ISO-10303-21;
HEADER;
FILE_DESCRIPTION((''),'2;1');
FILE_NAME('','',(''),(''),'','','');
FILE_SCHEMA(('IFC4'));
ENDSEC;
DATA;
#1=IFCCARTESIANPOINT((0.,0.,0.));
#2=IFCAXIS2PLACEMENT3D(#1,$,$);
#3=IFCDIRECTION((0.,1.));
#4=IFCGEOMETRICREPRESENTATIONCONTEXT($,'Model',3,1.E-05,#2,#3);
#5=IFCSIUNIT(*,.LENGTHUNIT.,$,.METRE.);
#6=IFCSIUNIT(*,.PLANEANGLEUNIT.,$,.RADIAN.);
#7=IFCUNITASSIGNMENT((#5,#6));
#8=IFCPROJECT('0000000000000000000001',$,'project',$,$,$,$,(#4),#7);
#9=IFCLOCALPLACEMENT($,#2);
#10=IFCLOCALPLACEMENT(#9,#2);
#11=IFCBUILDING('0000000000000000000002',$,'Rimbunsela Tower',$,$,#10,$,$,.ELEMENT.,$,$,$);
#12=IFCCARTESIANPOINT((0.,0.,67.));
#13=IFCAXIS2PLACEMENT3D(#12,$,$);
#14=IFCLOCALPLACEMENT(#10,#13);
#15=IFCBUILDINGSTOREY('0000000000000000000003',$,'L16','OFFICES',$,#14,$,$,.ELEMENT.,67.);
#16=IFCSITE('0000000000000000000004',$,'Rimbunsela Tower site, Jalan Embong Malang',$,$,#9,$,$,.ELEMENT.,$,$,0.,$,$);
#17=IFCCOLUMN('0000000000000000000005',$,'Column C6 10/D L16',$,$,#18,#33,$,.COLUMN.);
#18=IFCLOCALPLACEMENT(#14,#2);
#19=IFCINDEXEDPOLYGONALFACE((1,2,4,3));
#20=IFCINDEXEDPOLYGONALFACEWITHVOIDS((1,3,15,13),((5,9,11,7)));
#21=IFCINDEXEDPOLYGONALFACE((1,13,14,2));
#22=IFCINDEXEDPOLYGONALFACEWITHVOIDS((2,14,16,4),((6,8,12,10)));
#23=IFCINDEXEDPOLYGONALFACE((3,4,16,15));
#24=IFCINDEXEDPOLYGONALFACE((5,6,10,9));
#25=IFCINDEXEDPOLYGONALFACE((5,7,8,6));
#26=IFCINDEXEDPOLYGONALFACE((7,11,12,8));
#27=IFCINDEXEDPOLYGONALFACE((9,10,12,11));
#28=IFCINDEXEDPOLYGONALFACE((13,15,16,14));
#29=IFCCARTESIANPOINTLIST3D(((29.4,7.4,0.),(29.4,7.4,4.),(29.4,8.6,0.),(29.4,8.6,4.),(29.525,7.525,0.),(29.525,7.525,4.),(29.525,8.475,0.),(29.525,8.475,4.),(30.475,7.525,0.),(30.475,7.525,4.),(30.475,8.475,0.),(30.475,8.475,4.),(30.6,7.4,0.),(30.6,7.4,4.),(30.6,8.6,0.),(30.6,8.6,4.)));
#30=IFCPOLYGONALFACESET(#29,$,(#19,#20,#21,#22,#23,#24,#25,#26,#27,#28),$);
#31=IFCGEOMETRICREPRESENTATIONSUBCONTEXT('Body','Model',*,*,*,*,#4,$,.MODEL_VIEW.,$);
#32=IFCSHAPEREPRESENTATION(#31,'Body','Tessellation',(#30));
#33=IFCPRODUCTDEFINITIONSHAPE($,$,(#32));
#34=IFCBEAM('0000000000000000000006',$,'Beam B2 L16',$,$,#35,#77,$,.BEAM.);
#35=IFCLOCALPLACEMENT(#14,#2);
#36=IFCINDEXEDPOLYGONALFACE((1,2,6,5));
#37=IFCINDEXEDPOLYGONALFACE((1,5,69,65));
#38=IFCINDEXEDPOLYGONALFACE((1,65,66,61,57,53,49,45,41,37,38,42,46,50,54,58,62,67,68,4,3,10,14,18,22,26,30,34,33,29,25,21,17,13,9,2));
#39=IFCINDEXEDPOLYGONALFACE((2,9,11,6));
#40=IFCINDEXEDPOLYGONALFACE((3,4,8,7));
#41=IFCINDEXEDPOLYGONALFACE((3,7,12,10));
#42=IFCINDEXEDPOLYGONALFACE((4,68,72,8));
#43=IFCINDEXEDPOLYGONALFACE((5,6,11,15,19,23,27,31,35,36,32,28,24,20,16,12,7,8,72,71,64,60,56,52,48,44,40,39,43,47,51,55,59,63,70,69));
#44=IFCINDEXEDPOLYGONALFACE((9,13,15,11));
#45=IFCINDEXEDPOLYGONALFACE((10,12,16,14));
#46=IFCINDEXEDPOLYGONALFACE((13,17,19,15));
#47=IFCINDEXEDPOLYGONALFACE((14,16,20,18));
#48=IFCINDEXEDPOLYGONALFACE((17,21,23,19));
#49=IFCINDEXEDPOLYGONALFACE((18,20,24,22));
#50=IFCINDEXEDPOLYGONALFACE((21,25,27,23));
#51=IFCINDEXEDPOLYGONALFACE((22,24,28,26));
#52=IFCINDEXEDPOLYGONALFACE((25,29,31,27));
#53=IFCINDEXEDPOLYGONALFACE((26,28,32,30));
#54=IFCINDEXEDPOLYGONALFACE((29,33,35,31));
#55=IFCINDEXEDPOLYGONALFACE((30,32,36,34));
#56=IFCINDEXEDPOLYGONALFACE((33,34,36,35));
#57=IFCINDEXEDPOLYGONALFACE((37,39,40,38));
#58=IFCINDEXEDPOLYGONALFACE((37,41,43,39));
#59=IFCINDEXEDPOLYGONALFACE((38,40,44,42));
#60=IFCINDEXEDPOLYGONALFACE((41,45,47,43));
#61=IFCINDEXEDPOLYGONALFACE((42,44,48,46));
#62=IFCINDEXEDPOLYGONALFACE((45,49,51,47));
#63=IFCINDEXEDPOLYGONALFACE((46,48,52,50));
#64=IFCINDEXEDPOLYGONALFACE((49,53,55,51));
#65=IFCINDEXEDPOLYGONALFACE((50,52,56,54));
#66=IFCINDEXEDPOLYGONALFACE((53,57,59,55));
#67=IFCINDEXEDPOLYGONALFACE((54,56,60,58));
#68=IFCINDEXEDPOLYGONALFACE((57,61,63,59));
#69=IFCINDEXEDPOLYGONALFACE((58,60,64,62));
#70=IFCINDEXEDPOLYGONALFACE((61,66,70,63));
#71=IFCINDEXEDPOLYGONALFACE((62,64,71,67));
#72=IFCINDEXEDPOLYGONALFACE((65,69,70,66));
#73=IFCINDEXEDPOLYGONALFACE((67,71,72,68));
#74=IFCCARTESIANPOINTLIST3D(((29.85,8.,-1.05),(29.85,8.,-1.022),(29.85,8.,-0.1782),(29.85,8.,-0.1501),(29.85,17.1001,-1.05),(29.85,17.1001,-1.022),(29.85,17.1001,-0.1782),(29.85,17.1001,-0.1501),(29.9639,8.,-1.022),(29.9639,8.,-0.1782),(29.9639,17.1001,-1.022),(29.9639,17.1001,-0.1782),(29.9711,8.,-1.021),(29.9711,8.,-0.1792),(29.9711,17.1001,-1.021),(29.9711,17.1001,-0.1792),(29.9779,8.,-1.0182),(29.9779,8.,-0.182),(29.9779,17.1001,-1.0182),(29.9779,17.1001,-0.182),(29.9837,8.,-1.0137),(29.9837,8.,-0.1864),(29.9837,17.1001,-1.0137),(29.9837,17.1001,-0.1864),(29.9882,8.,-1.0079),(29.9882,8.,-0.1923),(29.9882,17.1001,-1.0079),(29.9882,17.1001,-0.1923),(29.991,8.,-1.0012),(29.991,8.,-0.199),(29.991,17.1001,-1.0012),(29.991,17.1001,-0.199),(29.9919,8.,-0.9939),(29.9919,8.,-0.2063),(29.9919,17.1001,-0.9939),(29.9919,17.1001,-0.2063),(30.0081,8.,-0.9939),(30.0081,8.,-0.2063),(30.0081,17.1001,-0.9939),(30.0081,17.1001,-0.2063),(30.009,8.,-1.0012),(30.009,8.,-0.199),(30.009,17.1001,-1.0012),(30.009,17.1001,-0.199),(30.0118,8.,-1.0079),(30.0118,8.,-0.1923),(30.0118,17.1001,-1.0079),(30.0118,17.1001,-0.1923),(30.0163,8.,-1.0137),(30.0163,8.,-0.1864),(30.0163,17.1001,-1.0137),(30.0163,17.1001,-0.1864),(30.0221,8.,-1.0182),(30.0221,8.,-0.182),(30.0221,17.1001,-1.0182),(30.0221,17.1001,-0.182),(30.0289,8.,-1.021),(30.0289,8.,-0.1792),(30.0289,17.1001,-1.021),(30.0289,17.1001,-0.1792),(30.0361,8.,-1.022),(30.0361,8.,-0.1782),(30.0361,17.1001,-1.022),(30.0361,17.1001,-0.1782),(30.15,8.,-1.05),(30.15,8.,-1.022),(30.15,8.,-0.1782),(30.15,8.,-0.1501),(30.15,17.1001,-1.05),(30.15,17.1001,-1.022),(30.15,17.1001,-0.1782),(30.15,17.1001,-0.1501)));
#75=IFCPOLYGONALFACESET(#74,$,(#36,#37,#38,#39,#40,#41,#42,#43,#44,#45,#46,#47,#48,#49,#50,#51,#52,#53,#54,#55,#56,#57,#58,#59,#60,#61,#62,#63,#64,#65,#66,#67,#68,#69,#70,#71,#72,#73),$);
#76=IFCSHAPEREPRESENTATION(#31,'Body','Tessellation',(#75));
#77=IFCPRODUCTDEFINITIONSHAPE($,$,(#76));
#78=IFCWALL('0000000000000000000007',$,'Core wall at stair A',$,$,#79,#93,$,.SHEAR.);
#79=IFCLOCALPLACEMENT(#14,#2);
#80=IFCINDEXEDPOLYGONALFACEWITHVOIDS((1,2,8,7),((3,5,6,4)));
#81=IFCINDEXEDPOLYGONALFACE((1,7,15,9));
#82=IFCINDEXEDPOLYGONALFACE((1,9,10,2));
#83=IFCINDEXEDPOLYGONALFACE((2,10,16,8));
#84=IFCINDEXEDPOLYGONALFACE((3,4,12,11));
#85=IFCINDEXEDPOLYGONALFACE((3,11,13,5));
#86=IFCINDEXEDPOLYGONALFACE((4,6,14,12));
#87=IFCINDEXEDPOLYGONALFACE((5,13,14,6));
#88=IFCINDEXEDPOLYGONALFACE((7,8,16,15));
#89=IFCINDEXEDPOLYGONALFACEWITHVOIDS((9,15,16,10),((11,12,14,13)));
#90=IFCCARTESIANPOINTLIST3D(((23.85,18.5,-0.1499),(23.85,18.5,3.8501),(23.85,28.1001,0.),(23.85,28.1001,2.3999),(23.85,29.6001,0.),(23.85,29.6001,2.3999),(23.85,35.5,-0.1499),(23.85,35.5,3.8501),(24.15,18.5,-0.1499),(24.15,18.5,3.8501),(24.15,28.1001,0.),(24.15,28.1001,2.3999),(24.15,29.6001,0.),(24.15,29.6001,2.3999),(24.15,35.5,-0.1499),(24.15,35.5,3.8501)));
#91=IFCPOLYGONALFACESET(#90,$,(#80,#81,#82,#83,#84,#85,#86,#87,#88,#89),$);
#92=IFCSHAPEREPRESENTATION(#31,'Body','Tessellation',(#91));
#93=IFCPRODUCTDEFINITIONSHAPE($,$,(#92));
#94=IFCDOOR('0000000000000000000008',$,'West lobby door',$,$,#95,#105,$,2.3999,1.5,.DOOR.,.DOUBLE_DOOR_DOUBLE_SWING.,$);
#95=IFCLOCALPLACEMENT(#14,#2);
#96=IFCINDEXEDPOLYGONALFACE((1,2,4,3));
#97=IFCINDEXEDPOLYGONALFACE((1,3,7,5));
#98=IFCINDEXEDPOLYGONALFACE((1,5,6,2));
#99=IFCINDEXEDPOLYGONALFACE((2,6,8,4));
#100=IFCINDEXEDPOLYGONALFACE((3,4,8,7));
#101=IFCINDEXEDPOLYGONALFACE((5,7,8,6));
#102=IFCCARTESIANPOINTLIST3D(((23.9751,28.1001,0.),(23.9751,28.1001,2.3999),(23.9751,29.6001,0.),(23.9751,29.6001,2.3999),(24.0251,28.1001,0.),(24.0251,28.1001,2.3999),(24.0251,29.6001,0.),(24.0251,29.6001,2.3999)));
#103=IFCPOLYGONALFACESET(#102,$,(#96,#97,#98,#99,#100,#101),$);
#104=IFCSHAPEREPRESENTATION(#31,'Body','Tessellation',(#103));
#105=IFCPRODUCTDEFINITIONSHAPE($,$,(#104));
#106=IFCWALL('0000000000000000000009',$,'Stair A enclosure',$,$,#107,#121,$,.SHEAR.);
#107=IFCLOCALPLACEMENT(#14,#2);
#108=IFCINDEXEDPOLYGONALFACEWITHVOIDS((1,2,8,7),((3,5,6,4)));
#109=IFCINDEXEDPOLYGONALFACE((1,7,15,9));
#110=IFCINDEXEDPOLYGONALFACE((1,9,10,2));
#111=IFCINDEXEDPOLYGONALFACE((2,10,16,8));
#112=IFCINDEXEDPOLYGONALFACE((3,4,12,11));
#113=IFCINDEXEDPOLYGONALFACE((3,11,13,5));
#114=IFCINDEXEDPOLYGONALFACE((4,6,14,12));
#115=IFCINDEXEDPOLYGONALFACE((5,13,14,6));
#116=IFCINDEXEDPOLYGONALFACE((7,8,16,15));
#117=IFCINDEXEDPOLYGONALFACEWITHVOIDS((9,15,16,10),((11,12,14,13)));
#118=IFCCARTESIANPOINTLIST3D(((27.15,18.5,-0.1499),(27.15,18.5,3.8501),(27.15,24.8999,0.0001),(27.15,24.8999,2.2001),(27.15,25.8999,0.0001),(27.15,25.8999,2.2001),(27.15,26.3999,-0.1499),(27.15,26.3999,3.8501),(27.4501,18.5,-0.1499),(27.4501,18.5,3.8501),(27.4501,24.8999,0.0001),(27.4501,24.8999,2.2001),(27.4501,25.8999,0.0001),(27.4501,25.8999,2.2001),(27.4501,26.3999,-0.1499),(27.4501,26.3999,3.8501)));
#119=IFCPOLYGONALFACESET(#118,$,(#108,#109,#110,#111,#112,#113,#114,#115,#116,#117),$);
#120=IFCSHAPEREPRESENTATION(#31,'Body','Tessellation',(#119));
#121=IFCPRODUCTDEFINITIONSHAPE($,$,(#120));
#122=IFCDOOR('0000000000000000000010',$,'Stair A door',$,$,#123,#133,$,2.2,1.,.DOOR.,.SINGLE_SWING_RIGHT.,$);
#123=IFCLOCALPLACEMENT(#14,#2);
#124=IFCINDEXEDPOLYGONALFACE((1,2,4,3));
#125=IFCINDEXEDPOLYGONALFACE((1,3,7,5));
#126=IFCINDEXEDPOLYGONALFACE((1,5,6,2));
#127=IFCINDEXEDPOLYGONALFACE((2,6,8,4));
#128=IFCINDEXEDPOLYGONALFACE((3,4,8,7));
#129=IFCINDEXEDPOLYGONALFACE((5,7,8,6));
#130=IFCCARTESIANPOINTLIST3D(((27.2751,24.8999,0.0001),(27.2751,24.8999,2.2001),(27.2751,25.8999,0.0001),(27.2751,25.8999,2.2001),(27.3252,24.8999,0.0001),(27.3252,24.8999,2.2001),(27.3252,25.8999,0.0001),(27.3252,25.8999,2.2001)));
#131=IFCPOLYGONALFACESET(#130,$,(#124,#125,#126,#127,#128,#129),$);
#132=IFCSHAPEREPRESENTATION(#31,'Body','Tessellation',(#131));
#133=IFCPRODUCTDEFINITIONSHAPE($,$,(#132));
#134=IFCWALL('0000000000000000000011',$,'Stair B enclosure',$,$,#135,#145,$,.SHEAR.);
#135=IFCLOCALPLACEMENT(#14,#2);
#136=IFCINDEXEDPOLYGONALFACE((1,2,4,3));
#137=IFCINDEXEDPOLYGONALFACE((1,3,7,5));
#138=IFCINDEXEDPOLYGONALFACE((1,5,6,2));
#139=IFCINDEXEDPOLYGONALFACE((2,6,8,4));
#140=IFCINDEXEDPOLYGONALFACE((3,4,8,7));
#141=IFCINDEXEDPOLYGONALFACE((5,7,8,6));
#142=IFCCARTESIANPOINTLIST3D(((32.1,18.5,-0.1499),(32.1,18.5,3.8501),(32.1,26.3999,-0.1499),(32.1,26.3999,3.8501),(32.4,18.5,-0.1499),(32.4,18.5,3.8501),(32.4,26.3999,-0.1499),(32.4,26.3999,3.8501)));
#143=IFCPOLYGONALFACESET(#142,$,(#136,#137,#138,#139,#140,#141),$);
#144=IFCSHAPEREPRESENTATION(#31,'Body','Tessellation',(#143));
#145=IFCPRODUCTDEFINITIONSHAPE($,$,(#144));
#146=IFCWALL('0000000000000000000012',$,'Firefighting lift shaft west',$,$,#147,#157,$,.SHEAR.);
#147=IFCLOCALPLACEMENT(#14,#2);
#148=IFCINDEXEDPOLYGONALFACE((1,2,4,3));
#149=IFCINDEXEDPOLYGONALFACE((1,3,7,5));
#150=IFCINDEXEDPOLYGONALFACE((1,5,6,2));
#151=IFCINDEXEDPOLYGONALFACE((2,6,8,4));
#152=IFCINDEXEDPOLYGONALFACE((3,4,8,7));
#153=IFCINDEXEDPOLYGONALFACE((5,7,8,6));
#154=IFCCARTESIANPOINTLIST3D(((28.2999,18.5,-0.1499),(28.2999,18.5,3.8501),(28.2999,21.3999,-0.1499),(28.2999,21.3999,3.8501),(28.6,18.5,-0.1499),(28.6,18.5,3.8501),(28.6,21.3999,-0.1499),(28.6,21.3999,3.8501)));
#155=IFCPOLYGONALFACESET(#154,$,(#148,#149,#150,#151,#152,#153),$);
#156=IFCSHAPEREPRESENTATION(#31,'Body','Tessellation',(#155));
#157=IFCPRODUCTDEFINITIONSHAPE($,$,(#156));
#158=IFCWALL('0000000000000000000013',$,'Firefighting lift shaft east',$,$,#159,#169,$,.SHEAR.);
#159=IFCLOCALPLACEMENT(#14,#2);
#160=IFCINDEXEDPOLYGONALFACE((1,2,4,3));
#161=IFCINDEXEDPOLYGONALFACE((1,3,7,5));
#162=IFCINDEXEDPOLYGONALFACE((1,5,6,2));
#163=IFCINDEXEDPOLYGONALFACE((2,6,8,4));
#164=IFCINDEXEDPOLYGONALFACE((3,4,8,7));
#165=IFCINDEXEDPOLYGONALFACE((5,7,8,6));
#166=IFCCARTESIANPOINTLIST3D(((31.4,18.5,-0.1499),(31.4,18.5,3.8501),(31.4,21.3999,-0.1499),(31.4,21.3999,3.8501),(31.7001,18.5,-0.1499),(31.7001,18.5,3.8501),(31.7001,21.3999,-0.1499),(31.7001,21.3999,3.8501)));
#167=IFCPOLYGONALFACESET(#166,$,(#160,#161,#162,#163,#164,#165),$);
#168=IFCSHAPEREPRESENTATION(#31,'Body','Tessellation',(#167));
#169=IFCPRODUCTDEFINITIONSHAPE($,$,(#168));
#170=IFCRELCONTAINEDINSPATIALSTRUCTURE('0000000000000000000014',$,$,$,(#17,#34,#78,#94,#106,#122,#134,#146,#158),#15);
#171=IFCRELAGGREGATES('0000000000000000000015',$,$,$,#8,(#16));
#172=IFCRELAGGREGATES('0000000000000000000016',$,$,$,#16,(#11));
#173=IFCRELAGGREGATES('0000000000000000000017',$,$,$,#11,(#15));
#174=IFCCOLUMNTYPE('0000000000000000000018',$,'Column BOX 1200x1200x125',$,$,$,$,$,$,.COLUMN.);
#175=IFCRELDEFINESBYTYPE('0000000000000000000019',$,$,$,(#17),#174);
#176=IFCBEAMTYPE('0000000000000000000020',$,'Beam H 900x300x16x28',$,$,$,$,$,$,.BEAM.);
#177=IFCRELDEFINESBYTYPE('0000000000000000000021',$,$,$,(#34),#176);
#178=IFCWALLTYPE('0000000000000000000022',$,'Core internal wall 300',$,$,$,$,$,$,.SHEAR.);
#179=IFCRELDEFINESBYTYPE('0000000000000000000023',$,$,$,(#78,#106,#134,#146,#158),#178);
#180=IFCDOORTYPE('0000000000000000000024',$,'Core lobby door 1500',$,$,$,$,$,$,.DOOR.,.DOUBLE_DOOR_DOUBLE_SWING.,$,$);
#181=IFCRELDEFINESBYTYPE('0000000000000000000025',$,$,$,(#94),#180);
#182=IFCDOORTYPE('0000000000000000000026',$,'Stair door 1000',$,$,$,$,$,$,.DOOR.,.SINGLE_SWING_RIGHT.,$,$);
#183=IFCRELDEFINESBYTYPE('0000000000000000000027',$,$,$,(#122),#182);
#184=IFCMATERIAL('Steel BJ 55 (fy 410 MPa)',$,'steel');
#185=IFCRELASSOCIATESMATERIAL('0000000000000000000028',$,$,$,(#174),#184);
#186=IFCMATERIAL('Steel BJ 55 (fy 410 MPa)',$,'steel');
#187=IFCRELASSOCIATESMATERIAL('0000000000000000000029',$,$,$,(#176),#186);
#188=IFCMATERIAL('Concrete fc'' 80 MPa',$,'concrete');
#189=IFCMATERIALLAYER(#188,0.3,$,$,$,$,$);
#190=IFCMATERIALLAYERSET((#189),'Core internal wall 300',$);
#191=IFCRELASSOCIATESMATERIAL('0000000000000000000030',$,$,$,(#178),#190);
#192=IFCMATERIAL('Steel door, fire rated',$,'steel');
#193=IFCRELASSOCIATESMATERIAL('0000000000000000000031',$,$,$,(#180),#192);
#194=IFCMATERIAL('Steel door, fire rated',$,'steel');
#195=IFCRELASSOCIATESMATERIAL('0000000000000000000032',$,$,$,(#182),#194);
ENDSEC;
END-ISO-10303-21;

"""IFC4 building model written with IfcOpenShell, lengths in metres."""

from ifc_helpers import new_model, si_unit, direction, frame, frame_2d, origin, origin_2d, place, context, subcontext, project, spatial, rectangle, hollow_rectangle, i_section, extrude, material, layer, layer_set, material_profile, profile_set, type_object, element, fill, save


model = new_model("IFC4")

# Units and contexts
model_context = context("Model", 3, precision=1e-05, world=origin(), true_north=direction((0.0, 1.0)))
body_context = subcontext(model_context, "Body", "Model", "MODEL_VIEW")
ifc_project = project(units=[si_unit("LENGTHUNIT", "METRE"), si_unit("PLANEANGLEUNIT", "RADIAN")], contexts=[model_context])

# Site, building, storey
site_placement = place(None, origin())
site = spatial("IfcSite", under=ifc_project, at=site_placement, Name="Rimbunsela Tower site, Jalan Embong Malang", CompositionType="ELEMENT", RefElevation=0.0)
building_placement = place(site_placement, origin())
building = spatial("IfcBuilding", under=site, at=building_placement, Name="Rimbunsela Tower", CompositionType="ELEMENT")
storey_placement = place(building_placement, frame((0.0, 0.0, 67.0)))
storey = spatial("IfcBuildingStorey", under=building, at=storey_placement, Name="L16", Description="OFFICES", CompositionType="ELEMENT", Elevation=67.0)

# Column
ifc_material_1 = material(Name="Steel BJ 55 (fy 410 MPa)", Category="steel")
ifc_material_profile_1 = material_profile(ifc_material_1, hollow_rectangle(XDim=1.2, YDim=1.2, WallThickness=0.125, at=origin_2d()), Name="BOX 1200x1200x125")
ifc_profile_set_1 = profile_set([ifc_material_profile_1], Name="Steel BJ 55 (fy 410 MPa)")
column_type = type_object("IfcColumnType", Name="Column BOX 1200x1200x125", PredefinedType="COLUMN", material=ifc_profile_set_1)
column_placement = place(storey_placement, frame((30.0, 8.0, 0.0), z_axis=(0.0, 0.0, 1.0), x_axis=(1.0, 0.0, 0.0)))
element("IfcColumn", 1, at=column_placement, inside=storey, type_object=column_type, Name="Column C6 10/D L16", PredefinedType="COLUMN", context=body_context, shape_type="SweptSolid", body=[
    extrude(hollow_rectangle(XDim=1.2, YDim=1.2, WallThickness=0.125, at=origin_2d()), origin(), (0.0, 0.0, 1.0), 4.0),
])

# Beam
ifc_material_2 = material(Name="Steel BJ 55 (fy 410 MPa)", Category="steel")
ifc_material_profile_2 = material_profile(ifc_material_2, i_section(OverallWidth=0.3, OverallDepth=0.8999, WebThickness=0.0161, FlangeThickness=0.0281, FilletRadius=0.0281, at=origin_2d()), Name="H 900x300x16x28")
ifc_profile_set_2 = profile_set([ifc_material_profile_2], Name="Steel BJ 55 (fy 410 MPa)")
beam_type = type_object("IfcBeamType", Name="Beam H 900x300x16x28", PredefinedType="BEAM", material=ifc_profile_set_2)
beam_placement = place(storey_placement, frame((30.0, 8.0, -0.6001), z_axis=(0.0, 1.0, 0.0), x_axis=(-1.0, 0.0, 0.0)))
element("IfcBeam", 2, at=beam_placement, inside=storey, type_object=beam_type, Name="Beam B2 L16", PredefinedType="BEAM", context=body_context, shape_type="SweptSolid", body=[
    extrude(i_section(OverallWidth=0.3, OverallDepth=0.8999, WebThickness=0.0161, FlangeThickness=0.0281, FilletRadius=0.0281, at=origin_2d()), origin(), (0.0, 0.0, 1.0), 9.1001),
])

# Walls, openings, doors
ifc_material_3 = material(Name="Concrete fc' 80 MPa", Category="concrete")
ifc_layer_1 = layer(ifc_material_3, 0.3)
ifc_layer_set_1 = layer_set([ifc_layer_1], Name="Core internal wall 300")
wall_type_1 = type_object("IfcWallType", Name="Core internal wall 300", PredefinedType="SHEAR", material=ifc_layer_set_1)
wall_1_placement = place(storey_placement, frame((24.0, 18.5, -0.1499), z_axis=(0.0, 0.0, 1.0), x_axis=(0.0, 1.0, 0.0)))
wall_1 = element("IfcWall", 3, at=wall_1_placement, inside=storey, type_object=wall_type_1, Name="Core wall at stair A", PredefinedType="SHEAR", context=body_context, shape_type="SweptSolid", body=[
    extrude(rectangle(XDim=17.0, YDim=0.3, at=frame_2d((8.5, 0.0))), origin(), (0.0, 0.0, 1.0), 4.0),
])
opening_1_placement = place(wall_1_placement, frame((9.6001, 0.0, 0.1499)))
opening_1 = element("IfcOpeningElement", 4, at=opening_1_placement, cuts=wall_1, PredefinedType="OPENING", context=body_context, shape_type="SweptSolid", body=[
    extrude(rectangle(XDim=1.5, YDim=2.3999, at=frame_2d((0.75, 1.2))), frame((0.0, 0.1599, 0.0), z_axis=(0.0, -1.0, 0.0), x_axis=(1.0, 0.0, 0.0)), (0.0, 0.0, 1.0), 0.3201),
])
ifc_material_4 = material(Name="Steel door, fire rated", Category="steel")
door_type_1 = type_object("IfcDoorType", Name="Core lobby door 1500", OperationType="DOUBLE_DOOR_DOUBLE_SWING", PredefinedType="DOOR", material=ifc_material_4)
door_1_placement = place(opening_1_placement, origin())
door_1 = element("IfcDoor", 5, at=door_1_placement, inside=storey, type_object=door_type_1, Name="West lobby door", OperationType="DOUBLE_DOOR_DOUBLE_SWING", OverallHeight=2.3999, OverallWidth=1.5, PredefinedType="DOOR", context=body_context, shape_type="SweptSolid", body=[
    extrude(rectangle(XDim=1.5, YDim=2.3999, at=frame_2d((0.75, 1.2))), frame((0.0, 0.0249, 0.0), z_axis=(0.0, -1.0, 0.0), x_axis=(1.0, 0.0, 0.0)), (0.0, 0.0, 1.0), 0.05),
])
fill(opening_1, door_1)
wall_2_placement = place(storey_placement, frame((27.3, 18.5, -0.1499), z_axis=(0.0, 0.0, 1.0), x_axis=(0.0, 1.0, 0.0)))
wall_2 = element("IfcWall", 6, at=wall_2_placement, inside=storey, type_object=wall_type_1, Name="Stair A enclosure", PredefinedType="SHEAR", context=body_context, shape_type="SweptSolid", body=[
    extrude(rectangle(XDim=7.8999, YDim=0.3, at=frame_2d((3.95, 0.0))), origin(), (0.0, 0.0, 1.0), 4.0),
])
opening_2_placement = place(wall_2_placement, frame((6.3999, 0.0, 0.1499)))
opening_2 = element("IfcOpeningElement", 7, at=opening_2_placement, cuts=wall_2, PredefinedType="OPENING", context=body_context, shape_type="SweptSolid", body=[
    extrude(rectangle(XDim=1.0, YDim=2.2, at=frame_2d((0.5, 1.1001))), frame((0.0, 0.1599, 0.0), z_axis=(0.0, -1.0, 0.0), x_axis=(1.0, 0.0, 0.0)), (0.0, 0.0, 1.0), 0.3201),
])
ifc_material_5 = material(Name="Steel door, fire rated", Category="steel")
door_type_2 = type_object("IfcDoorType", Name="Stair door 1000", OperationType="SINGLE_SWING_RIGHT", PredefinedType="DOOR", material=ifc_material_5)
door_2_placement = place(opening_2_placement, origin())
door_2 = element("IfcDoor", 8, at=door_2_placement, inside=storey, type_object=door_type_2, Name="Stair A door", OperationType="SINGLE_SWING_RIGHT", OverallHeight=2.2, OverallWidth=1.0, PredefinedType="DOOR", context=body_context, shape_type="SweptSolid", body=[
    extrude(rectangle(XDim=1.0, YDim=2.2, at=frame_2d((0.5, 1.1001))), frame((0.0, 0.0249, 0.0), z_axis=(0.0, -1.0, 0.0), x_axis=(1.0, 0.0, 0.0)), (0.0, 0.0, 1.0), 0.05),
])
fill(opening_2, door_2)

# Walls
wall_3_placement = place(storey_placement, frame((32.25, 18.5, -0.1499), z_axis=(0.0, 0.0, 1.0), x_axis=(0.0, 1.0, 0.0)))
element("IfcWall", 9, at=wall_3_placement, inside=storey, type_object=wall_type_1, Name="Stair B enclosure", PredefinedType="SHEAR", context=body_context, shape_type="SweptSolid", body=[
    extrude(rectangle(XDim=7.8999, YDim=0.3, at=frame_2d((3.95, 0.0))), origin(), (0.0, 0.0, 1.0), 4.0),
])
for number, where, z_axis, x_axis, name in (
    (10, (28.45, 18.5, -0.1499), (0.0, 0.0, 1.0), (0.0, 1.0, 0.0), "Firefighting lift shaft west"),
    (11, (31.55, 18.5, -0.1499), (0.0, 0.0, 1.0), (0.0, 1.0, 0.0), "Firefighting lift shaft east"),
):
    element("IfcWall", number, at=place(storey_placement, frame(where, z_axis=z_axis, x_axis=x_axis)), inside=storey, type_object=wall_type_1, Name=name, PredefinedType="SHEAR", context=body_context, shape_type="SweptSolid", body=[
        extrude(rectangle(XDim=2.8999, YDim=0.3, at=frame_2d((1.45, 0.0))), origin(), (0.0, 0.0, 1.0), 4.0),
    ])

save(model, "model.ifc")
